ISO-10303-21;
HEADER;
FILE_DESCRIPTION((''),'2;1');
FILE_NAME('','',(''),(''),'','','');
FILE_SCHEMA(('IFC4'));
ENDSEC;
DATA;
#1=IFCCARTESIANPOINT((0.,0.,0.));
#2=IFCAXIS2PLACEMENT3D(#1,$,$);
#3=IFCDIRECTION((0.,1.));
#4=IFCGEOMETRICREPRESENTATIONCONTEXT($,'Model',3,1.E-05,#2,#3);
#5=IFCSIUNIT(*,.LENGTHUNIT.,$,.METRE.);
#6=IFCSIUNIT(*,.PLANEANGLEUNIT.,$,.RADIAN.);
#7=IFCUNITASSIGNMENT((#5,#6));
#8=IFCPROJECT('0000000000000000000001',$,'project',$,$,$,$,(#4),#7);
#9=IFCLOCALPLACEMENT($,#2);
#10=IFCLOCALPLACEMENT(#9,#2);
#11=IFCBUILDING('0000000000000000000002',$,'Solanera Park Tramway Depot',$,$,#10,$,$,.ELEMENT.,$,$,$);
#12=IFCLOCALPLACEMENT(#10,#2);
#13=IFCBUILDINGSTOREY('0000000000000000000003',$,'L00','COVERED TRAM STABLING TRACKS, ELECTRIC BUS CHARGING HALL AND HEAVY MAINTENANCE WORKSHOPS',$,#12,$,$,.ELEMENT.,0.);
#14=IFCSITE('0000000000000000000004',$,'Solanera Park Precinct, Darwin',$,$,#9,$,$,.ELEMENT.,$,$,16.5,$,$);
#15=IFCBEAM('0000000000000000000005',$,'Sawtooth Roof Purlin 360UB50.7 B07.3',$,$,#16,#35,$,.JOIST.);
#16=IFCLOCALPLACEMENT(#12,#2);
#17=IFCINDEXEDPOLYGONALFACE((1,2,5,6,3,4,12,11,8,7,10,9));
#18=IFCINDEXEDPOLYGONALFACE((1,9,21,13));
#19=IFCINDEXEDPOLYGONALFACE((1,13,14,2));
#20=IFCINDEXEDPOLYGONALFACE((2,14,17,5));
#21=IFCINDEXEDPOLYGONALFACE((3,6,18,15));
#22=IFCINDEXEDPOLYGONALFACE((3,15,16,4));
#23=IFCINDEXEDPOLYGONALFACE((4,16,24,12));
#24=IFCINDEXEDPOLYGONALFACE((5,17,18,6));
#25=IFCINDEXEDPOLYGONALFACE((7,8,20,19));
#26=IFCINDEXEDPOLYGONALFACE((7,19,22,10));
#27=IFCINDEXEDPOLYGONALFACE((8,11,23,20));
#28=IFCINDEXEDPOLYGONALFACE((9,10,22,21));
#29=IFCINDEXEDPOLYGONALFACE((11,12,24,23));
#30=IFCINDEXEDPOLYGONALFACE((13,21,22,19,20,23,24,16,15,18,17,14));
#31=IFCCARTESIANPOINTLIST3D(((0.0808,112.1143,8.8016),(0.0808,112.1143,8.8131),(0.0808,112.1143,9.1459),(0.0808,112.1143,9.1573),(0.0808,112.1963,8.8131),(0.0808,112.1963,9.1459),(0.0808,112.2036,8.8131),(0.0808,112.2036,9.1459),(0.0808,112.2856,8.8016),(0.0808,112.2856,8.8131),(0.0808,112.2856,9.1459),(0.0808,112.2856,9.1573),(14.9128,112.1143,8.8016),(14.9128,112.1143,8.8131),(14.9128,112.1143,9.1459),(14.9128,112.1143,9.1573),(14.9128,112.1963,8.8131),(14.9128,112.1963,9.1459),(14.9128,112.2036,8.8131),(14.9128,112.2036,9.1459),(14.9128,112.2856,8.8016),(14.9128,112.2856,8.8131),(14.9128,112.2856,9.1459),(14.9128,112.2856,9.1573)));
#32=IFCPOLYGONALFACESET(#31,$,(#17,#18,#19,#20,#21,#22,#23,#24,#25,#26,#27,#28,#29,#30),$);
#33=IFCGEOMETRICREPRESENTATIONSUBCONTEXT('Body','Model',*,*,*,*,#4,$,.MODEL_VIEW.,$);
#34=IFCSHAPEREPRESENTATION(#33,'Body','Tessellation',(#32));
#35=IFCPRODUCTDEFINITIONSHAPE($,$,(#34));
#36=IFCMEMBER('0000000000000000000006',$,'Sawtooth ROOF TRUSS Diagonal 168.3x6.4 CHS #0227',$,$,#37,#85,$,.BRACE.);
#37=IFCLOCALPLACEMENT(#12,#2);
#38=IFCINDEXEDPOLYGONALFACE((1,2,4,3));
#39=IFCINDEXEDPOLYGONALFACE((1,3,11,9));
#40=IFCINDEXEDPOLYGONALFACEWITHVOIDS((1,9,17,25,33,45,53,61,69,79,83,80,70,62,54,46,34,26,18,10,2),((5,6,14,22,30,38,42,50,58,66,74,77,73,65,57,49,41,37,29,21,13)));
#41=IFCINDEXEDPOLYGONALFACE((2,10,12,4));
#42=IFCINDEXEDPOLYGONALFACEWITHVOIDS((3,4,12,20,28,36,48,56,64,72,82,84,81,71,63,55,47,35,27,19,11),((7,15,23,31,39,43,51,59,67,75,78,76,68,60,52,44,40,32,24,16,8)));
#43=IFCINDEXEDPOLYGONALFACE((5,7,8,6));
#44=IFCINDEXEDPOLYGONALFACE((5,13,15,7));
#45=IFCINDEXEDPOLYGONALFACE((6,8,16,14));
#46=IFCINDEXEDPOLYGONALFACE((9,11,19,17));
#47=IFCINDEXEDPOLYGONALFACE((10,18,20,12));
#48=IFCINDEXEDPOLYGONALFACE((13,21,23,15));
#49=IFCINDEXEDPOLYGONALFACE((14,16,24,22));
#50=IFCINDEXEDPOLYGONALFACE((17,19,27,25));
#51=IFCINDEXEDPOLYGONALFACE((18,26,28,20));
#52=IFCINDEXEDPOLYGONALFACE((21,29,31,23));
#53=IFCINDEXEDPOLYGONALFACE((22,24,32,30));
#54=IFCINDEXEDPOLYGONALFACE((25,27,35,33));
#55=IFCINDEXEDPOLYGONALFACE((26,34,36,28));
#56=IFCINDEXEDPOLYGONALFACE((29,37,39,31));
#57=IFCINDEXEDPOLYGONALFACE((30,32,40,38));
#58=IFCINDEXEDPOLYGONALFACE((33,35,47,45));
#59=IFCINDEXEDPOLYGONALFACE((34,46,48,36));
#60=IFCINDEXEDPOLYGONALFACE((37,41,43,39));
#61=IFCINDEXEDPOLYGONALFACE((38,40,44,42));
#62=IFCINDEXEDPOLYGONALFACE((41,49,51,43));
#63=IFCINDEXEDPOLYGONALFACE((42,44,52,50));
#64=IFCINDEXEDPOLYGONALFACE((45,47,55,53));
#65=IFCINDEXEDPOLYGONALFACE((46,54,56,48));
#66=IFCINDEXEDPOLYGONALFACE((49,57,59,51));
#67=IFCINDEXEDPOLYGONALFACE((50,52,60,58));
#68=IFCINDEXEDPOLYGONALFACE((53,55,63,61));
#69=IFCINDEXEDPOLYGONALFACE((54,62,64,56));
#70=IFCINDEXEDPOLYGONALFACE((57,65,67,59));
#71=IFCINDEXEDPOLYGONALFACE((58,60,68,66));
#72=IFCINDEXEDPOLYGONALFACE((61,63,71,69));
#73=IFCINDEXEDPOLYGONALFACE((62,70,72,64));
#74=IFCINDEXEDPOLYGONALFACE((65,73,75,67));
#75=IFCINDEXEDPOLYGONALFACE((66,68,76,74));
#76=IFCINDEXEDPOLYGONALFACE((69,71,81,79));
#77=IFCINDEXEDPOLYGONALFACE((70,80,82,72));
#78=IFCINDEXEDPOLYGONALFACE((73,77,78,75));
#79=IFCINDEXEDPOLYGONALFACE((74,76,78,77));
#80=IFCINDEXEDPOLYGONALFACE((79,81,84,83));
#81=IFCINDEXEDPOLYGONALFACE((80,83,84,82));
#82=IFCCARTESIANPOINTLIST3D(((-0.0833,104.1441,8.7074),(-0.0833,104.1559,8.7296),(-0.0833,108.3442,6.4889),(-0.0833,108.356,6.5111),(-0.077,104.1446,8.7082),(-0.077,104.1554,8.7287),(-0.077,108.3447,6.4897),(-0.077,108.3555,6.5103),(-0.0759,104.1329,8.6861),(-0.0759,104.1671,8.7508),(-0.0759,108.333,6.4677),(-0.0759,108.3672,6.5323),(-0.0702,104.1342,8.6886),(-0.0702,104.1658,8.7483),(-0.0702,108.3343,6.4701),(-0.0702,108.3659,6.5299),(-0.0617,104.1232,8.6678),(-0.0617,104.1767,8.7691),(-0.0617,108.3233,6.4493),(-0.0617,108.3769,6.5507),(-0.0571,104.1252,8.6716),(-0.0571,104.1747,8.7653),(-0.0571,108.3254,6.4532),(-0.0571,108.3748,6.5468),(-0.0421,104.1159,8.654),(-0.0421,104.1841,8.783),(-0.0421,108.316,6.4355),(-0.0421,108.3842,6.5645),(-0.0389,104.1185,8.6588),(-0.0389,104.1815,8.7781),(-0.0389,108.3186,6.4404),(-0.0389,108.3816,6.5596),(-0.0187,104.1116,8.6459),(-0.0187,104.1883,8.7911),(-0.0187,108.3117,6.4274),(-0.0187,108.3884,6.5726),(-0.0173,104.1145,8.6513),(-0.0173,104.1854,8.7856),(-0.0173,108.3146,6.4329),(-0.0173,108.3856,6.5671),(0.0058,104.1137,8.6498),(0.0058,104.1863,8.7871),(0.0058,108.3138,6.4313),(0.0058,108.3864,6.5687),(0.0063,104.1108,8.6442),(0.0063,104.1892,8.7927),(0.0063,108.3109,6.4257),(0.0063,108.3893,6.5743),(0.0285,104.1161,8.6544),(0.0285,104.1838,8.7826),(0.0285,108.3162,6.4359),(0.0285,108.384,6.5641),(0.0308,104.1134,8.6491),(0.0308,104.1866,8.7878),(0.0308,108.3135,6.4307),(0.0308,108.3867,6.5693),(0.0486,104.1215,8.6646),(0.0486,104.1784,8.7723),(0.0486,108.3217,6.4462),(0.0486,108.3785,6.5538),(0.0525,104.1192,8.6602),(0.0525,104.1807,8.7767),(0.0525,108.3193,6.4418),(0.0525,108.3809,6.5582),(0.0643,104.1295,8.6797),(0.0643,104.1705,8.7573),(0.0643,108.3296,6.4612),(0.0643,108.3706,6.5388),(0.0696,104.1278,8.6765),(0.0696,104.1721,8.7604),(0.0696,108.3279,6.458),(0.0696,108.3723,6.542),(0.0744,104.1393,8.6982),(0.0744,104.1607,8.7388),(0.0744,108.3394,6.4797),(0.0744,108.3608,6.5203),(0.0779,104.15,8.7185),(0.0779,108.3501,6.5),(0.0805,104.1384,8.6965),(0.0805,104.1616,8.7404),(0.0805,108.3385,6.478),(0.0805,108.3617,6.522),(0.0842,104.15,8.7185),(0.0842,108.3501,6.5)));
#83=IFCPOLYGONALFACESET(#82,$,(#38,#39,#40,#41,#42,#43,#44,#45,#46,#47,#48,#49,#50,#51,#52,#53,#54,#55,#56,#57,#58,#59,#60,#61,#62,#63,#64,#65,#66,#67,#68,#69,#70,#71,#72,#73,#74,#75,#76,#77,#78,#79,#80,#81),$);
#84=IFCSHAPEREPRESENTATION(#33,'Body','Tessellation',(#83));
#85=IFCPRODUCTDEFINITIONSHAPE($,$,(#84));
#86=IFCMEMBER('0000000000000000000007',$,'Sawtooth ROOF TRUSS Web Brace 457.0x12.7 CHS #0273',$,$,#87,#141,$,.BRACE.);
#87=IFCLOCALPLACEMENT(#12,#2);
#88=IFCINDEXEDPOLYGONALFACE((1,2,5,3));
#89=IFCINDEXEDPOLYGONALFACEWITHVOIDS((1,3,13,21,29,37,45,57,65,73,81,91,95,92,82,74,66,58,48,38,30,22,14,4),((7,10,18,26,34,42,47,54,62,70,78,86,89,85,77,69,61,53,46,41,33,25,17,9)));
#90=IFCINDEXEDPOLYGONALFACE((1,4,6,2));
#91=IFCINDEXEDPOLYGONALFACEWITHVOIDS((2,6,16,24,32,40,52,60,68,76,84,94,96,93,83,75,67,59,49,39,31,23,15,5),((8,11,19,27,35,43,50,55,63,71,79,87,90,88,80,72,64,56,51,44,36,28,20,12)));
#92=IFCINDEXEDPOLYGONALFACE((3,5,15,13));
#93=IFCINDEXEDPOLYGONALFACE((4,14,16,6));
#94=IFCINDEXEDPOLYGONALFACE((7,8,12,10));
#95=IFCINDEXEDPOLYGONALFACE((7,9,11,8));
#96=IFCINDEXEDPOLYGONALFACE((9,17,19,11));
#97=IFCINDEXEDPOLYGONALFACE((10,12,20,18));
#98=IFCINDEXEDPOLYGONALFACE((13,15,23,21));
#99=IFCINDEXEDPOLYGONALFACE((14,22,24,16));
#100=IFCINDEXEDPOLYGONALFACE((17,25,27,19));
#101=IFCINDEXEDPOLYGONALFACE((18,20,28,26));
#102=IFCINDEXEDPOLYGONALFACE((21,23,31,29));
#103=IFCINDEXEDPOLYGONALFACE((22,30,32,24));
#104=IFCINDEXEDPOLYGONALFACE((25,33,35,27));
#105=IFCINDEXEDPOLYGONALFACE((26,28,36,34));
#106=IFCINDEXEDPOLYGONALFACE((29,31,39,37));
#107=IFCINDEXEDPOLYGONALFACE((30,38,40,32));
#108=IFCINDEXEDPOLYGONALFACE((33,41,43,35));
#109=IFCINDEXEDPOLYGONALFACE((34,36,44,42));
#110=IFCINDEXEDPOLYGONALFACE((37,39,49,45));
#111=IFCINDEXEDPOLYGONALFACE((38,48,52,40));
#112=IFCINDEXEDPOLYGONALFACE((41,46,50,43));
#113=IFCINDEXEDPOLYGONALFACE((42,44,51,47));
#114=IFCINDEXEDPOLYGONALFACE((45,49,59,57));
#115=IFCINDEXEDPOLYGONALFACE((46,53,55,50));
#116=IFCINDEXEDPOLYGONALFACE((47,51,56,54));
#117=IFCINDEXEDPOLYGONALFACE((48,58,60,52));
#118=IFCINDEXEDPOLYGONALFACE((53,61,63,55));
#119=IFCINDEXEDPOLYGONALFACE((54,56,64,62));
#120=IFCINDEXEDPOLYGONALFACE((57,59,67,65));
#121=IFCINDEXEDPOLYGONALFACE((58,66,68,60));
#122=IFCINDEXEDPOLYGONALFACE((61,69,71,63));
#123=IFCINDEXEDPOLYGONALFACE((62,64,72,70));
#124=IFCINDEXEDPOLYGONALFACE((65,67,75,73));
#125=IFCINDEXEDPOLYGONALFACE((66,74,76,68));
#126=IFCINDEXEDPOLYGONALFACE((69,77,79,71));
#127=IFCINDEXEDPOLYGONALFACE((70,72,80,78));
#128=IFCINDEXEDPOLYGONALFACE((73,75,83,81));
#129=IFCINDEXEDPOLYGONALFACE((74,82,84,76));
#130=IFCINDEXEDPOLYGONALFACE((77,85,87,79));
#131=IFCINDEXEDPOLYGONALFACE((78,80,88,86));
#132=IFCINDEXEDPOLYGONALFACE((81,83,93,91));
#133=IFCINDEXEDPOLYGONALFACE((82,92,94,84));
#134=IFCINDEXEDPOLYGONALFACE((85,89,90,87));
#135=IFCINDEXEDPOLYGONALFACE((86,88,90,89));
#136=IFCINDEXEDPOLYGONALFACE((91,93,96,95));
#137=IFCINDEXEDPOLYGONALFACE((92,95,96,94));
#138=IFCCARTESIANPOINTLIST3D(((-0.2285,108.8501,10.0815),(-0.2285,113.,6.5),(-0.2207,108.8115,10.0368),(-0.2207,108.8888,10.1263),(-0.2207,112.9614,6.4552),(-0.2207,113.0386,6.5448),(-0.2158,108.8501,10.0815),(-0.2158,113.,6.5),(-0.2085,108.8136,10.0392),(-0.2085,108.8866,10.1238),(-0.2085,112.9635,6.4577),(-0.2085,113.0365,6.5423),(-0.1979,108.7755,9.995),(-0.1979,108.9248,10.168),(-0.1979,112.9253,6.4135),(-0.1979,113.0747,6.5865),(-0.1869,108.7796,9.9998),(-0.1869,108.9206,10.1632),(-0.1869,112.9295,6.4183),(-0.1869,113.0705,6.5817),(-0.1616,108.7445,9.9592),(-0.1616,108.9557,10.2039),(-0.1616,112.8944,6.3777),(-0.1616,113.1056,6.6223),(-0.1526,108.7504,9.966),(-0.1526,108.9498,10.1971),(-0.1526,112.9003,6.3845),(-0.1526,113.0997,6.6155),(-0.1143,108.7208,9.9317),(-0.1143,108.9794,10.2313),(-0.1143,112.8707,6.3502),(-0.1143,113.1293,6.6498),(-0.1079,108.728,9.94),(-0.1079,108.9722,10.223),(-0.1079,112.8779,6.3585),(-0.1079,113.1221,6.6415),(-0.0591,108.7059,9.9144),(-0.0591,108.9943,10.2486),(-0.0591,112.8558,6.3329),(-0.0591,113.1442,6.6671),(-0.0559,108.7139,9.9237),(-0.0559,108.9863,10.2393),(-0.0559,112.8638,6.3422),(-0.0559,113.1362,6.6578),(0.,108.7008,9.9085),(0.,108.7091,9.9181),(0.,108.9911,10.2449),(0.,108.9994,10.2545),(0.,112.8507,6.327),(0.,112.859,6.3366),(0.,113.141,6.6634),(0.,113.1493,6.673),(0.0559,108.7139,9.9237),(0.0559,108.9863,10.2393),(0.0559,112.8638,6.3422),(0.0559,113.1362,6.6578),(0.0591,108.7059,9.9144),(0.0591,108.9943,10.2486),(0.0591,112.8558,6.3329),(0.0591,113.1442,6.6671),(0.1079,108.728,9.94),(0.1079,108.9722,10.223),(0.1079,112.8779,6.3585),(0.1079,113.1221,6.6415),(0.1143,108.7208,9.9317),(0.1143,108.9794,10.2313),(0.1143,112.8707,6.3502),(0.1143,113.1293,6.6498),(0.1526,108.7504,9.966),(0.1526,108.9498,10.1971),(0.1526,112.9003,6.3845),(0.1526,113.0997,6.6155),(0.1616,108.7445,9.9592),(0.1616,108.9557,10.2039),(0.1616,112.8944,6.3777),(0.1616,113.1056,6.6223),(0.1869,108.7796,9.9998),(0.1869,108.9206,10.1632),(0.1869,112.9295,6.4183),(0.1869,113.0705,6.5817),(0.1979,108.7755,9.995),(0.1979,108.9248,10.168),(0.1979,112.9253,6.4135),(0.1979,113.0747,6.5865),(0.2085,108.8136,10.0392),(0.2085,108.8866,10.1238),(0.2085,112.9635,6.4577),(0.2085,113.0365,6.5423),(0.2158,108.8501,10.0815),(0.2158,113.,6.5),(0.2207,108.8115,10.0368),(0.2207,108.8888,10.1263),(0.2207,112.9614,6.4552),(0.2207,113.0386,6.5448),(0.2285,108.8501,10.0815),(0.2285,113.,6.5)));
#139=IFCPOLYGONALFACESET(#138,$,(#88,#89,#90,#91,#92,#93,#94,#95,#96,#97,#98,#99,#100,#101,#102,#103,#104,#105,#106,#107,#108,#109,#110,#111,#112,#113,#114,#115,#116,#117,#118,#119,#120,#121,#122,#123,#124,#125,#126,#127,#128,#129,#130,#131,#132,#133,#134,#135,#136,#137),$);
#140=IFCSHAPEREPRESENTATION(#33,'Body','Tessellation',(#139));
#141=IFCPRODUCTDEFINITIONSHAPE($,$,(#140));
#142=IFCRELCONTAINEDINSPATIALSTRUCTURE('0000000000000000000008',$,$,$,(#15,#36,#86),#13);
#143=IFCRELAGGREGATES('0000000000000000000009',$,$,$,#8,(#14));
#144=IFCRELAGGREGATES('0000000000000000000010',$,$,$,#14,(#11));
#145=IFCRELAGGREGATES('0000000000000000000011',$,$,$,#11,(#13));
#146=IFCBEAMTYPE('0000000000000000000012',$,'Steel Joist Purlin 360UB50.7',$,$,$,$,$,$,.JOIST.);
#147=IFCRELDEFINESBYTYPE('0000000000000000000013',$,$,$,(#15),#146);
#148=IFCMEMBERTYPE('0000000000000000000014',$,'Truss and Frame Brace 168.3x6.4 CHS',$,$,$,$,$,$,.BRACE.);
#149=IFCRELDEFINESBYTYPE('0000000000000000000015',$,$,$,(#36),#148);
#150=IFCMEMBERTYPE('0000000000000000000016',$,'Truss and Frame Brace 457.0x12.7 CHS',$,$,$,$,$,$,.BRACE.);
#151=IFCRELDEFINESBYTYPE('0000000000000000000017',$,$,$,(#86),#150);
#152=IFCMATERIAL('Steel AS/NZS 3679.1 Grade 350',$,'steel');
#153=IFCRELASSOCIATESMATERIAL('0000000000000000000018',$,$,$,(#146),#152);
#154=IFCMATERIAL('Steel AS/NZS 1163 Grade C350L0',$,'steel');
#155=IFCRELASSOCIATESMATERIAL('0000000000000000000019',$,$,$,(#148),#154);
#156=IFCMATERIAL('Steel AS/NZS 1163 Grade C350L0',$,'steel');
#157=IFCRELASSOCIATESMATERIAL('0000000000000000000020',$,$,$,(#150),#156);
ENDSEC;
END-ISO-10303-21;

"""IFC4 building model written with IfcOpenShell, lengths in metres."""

from ifc_helpers import new_model, si_unit, direction, frame, origin, origin_2d, place, context, subcontext, project, spatial, hollow_circle, i_section, extrude, material, material_profile, profile_set, type_object, element, save


model = new_model("IFC4")

# Units and contexts
model_context = context("Model", 3, precision=1e-05, world=origin(), true_north=direction((0.0, 1.0)))
body_context = subcontext(model_context, "Body", "Model", "MODEL_VIEW")
ifc_project = project(units=[si_unit("LENGTHUNIT", "METRE"), si_unit("PLANEANGLEUNIT", "RADIAN")], contexts=[model_context])

# Site, building, storey
site_placement = place(None, origin())
site = spatial("IfcSite", under=ifc_project, at=site_placement, Name="Solanera Park Precinct, Darwin", CompositionType="ELEMENT", RefElevation=16.5)
building_placement = place(site_placement, origin())
building = spatial("IfcBuilding", under=site, at=building_placement, Name="Solanera Park Tramway Depot", CompositionType="ELEMENT")
storey_placement = place(building_placement, origin())
storey = spatial("IfcBuildingStorey", under=building, at=storey_placement, Name="L00", Description="COVERED TRAM STABLING TRACKS, ELECTRIC BUS CHARGING HALL AND HEAVY MAINTENANCE WORKSHOPS", CompositionType="ELEMENT", Elevation=0.0)

# Beam
ifc_material_1 = material(Name="Steel AS/NZS 3679.1 Grade 350", Category="steel")
ifc_material_profile_1 = material_profile(ifc_material_1, i_section(OverallWidth=0.1714, OverallDepth=0.3557, WebThickness=0.0073, FlangeThickness=0.0115, at=origin_2d()), Name="360UB50.7")
ifc_profile_set_1 = profile_set([ifc_material_profile_1], Name="Steel AS/NZS 3679.1 Grade 350")
beam_type_1 = type_object("IfcBeamType", Name="Steel Joist Purlin 360UB50.7", PredefinedType="JOIST", material=ifc_profile_set_1)
beam_1_placement = place(storey_placement, frame((0.0808, 112.2, 8.9795), z_axis=(1.0, 0.0, 0.0), x_axis=(0.0, 1.0, 0.0)))
element("IfcBeam", 1, at=beam_1_placement, inside=storey, type_object=beam_type_1, Name="Sawtooth Roof Purlin 360UB50.7 B07.3", PredefinedType="JOIST", context=body_context, shape_type="SweptSolid", body=[
    extrude(i_section(OverallWidth=0.1714, OverallDepth=0.3557, WebThickness=0.0073, FlangeThickness=0.0115, at=origin_2d()), origin(), (0.0, 0.0, 1.0), 14.832),
])

# Members
ifc_material_2 = material(Name="Steel AS/NZS 1163 Grade C350L0", Category="steel")
ifc_material_profile_2 = material_profile(ifc_material_2, hollow_circle(Radius=0.0842, WallThickness=0.0063, at=origin_2d()), Name="168.3x6.4 CHS")
ifc_profile_set_2 = profile_set([ifc_material_profile_2], Name="Steel AS/NZS 1163 Grade C350L0")
member_type_1 = type_object("IfcMemberType", Name="Truss and Frame Brace 168.3x6.4 CHS", PredefinedType="BRACE", material=ifc_profile_set_2)
member_1_placement = place(storey_placement, frame((0.0, 108.3501, 6.5), z_axis=(0.0, -0.884234, 0.467044), x_axis=(1.0, 0.0, 0.0)))
element("IfcMember", 2, at=member_1_placement, inside=storey, type_object=member_type_1, Name="Sawtooth ROOF TRUSS Diagonal 168.3x6.4 CHS #0227", PredefinedType="BRACE", context=body_context, shape_type="SweptSolid", body=[
    extrude(hollow_circle(Radius=0.0842, WallThickness=0.0063, at=origin_2d()), origin(), (0.0, 0.0, 1.0), 4.75),
])
ifc_material_3 = material(Name="Steel AS/NZS 1163 Grade C350L0", Category="steel")
ifc_material_profile_3 = material_profile(ifc_material_3, hollow_circle(Radius=0.2285, WallThickness=0.0127, at=origin_2d()), Name="457.0x12.7 CHS")
ifc_profile_set_3 = profile_set([ifc_material_profile_3], Name="Steel AS/NZS 1163 Grade C350L0")
member_type_2 = type_object("IfcMemberType", Name="Truss and Frame Brace 457.0x12.7 CHS", PredefinedType="BRACE", material=ifc_profile_set_3)
member_2_placement = place(storey_placement, frame((0.0, 113.0, 6.5), z_axis=(0.0, -0.757045, 0.653362), x_axis=(1.0, 0.0, 0.0)))
element("IfcMember", 3, at=member_2_placement, inside=storey, type_object=member_type_2, Name="Sawtooth ROOF TRUSS Web Brace 457.0x12.7 CHS #0273", PredefinedType="BRACE", context=body_context, shape_type="SweptSolid", body=[
    extrude(hollow_circle(Radius=0.2285, WallThickness=0.0127, at=origin_2d()), origin(), (0.0, 0.0, 1.0), 5.4817),
])

save(model, "model.ifc")
